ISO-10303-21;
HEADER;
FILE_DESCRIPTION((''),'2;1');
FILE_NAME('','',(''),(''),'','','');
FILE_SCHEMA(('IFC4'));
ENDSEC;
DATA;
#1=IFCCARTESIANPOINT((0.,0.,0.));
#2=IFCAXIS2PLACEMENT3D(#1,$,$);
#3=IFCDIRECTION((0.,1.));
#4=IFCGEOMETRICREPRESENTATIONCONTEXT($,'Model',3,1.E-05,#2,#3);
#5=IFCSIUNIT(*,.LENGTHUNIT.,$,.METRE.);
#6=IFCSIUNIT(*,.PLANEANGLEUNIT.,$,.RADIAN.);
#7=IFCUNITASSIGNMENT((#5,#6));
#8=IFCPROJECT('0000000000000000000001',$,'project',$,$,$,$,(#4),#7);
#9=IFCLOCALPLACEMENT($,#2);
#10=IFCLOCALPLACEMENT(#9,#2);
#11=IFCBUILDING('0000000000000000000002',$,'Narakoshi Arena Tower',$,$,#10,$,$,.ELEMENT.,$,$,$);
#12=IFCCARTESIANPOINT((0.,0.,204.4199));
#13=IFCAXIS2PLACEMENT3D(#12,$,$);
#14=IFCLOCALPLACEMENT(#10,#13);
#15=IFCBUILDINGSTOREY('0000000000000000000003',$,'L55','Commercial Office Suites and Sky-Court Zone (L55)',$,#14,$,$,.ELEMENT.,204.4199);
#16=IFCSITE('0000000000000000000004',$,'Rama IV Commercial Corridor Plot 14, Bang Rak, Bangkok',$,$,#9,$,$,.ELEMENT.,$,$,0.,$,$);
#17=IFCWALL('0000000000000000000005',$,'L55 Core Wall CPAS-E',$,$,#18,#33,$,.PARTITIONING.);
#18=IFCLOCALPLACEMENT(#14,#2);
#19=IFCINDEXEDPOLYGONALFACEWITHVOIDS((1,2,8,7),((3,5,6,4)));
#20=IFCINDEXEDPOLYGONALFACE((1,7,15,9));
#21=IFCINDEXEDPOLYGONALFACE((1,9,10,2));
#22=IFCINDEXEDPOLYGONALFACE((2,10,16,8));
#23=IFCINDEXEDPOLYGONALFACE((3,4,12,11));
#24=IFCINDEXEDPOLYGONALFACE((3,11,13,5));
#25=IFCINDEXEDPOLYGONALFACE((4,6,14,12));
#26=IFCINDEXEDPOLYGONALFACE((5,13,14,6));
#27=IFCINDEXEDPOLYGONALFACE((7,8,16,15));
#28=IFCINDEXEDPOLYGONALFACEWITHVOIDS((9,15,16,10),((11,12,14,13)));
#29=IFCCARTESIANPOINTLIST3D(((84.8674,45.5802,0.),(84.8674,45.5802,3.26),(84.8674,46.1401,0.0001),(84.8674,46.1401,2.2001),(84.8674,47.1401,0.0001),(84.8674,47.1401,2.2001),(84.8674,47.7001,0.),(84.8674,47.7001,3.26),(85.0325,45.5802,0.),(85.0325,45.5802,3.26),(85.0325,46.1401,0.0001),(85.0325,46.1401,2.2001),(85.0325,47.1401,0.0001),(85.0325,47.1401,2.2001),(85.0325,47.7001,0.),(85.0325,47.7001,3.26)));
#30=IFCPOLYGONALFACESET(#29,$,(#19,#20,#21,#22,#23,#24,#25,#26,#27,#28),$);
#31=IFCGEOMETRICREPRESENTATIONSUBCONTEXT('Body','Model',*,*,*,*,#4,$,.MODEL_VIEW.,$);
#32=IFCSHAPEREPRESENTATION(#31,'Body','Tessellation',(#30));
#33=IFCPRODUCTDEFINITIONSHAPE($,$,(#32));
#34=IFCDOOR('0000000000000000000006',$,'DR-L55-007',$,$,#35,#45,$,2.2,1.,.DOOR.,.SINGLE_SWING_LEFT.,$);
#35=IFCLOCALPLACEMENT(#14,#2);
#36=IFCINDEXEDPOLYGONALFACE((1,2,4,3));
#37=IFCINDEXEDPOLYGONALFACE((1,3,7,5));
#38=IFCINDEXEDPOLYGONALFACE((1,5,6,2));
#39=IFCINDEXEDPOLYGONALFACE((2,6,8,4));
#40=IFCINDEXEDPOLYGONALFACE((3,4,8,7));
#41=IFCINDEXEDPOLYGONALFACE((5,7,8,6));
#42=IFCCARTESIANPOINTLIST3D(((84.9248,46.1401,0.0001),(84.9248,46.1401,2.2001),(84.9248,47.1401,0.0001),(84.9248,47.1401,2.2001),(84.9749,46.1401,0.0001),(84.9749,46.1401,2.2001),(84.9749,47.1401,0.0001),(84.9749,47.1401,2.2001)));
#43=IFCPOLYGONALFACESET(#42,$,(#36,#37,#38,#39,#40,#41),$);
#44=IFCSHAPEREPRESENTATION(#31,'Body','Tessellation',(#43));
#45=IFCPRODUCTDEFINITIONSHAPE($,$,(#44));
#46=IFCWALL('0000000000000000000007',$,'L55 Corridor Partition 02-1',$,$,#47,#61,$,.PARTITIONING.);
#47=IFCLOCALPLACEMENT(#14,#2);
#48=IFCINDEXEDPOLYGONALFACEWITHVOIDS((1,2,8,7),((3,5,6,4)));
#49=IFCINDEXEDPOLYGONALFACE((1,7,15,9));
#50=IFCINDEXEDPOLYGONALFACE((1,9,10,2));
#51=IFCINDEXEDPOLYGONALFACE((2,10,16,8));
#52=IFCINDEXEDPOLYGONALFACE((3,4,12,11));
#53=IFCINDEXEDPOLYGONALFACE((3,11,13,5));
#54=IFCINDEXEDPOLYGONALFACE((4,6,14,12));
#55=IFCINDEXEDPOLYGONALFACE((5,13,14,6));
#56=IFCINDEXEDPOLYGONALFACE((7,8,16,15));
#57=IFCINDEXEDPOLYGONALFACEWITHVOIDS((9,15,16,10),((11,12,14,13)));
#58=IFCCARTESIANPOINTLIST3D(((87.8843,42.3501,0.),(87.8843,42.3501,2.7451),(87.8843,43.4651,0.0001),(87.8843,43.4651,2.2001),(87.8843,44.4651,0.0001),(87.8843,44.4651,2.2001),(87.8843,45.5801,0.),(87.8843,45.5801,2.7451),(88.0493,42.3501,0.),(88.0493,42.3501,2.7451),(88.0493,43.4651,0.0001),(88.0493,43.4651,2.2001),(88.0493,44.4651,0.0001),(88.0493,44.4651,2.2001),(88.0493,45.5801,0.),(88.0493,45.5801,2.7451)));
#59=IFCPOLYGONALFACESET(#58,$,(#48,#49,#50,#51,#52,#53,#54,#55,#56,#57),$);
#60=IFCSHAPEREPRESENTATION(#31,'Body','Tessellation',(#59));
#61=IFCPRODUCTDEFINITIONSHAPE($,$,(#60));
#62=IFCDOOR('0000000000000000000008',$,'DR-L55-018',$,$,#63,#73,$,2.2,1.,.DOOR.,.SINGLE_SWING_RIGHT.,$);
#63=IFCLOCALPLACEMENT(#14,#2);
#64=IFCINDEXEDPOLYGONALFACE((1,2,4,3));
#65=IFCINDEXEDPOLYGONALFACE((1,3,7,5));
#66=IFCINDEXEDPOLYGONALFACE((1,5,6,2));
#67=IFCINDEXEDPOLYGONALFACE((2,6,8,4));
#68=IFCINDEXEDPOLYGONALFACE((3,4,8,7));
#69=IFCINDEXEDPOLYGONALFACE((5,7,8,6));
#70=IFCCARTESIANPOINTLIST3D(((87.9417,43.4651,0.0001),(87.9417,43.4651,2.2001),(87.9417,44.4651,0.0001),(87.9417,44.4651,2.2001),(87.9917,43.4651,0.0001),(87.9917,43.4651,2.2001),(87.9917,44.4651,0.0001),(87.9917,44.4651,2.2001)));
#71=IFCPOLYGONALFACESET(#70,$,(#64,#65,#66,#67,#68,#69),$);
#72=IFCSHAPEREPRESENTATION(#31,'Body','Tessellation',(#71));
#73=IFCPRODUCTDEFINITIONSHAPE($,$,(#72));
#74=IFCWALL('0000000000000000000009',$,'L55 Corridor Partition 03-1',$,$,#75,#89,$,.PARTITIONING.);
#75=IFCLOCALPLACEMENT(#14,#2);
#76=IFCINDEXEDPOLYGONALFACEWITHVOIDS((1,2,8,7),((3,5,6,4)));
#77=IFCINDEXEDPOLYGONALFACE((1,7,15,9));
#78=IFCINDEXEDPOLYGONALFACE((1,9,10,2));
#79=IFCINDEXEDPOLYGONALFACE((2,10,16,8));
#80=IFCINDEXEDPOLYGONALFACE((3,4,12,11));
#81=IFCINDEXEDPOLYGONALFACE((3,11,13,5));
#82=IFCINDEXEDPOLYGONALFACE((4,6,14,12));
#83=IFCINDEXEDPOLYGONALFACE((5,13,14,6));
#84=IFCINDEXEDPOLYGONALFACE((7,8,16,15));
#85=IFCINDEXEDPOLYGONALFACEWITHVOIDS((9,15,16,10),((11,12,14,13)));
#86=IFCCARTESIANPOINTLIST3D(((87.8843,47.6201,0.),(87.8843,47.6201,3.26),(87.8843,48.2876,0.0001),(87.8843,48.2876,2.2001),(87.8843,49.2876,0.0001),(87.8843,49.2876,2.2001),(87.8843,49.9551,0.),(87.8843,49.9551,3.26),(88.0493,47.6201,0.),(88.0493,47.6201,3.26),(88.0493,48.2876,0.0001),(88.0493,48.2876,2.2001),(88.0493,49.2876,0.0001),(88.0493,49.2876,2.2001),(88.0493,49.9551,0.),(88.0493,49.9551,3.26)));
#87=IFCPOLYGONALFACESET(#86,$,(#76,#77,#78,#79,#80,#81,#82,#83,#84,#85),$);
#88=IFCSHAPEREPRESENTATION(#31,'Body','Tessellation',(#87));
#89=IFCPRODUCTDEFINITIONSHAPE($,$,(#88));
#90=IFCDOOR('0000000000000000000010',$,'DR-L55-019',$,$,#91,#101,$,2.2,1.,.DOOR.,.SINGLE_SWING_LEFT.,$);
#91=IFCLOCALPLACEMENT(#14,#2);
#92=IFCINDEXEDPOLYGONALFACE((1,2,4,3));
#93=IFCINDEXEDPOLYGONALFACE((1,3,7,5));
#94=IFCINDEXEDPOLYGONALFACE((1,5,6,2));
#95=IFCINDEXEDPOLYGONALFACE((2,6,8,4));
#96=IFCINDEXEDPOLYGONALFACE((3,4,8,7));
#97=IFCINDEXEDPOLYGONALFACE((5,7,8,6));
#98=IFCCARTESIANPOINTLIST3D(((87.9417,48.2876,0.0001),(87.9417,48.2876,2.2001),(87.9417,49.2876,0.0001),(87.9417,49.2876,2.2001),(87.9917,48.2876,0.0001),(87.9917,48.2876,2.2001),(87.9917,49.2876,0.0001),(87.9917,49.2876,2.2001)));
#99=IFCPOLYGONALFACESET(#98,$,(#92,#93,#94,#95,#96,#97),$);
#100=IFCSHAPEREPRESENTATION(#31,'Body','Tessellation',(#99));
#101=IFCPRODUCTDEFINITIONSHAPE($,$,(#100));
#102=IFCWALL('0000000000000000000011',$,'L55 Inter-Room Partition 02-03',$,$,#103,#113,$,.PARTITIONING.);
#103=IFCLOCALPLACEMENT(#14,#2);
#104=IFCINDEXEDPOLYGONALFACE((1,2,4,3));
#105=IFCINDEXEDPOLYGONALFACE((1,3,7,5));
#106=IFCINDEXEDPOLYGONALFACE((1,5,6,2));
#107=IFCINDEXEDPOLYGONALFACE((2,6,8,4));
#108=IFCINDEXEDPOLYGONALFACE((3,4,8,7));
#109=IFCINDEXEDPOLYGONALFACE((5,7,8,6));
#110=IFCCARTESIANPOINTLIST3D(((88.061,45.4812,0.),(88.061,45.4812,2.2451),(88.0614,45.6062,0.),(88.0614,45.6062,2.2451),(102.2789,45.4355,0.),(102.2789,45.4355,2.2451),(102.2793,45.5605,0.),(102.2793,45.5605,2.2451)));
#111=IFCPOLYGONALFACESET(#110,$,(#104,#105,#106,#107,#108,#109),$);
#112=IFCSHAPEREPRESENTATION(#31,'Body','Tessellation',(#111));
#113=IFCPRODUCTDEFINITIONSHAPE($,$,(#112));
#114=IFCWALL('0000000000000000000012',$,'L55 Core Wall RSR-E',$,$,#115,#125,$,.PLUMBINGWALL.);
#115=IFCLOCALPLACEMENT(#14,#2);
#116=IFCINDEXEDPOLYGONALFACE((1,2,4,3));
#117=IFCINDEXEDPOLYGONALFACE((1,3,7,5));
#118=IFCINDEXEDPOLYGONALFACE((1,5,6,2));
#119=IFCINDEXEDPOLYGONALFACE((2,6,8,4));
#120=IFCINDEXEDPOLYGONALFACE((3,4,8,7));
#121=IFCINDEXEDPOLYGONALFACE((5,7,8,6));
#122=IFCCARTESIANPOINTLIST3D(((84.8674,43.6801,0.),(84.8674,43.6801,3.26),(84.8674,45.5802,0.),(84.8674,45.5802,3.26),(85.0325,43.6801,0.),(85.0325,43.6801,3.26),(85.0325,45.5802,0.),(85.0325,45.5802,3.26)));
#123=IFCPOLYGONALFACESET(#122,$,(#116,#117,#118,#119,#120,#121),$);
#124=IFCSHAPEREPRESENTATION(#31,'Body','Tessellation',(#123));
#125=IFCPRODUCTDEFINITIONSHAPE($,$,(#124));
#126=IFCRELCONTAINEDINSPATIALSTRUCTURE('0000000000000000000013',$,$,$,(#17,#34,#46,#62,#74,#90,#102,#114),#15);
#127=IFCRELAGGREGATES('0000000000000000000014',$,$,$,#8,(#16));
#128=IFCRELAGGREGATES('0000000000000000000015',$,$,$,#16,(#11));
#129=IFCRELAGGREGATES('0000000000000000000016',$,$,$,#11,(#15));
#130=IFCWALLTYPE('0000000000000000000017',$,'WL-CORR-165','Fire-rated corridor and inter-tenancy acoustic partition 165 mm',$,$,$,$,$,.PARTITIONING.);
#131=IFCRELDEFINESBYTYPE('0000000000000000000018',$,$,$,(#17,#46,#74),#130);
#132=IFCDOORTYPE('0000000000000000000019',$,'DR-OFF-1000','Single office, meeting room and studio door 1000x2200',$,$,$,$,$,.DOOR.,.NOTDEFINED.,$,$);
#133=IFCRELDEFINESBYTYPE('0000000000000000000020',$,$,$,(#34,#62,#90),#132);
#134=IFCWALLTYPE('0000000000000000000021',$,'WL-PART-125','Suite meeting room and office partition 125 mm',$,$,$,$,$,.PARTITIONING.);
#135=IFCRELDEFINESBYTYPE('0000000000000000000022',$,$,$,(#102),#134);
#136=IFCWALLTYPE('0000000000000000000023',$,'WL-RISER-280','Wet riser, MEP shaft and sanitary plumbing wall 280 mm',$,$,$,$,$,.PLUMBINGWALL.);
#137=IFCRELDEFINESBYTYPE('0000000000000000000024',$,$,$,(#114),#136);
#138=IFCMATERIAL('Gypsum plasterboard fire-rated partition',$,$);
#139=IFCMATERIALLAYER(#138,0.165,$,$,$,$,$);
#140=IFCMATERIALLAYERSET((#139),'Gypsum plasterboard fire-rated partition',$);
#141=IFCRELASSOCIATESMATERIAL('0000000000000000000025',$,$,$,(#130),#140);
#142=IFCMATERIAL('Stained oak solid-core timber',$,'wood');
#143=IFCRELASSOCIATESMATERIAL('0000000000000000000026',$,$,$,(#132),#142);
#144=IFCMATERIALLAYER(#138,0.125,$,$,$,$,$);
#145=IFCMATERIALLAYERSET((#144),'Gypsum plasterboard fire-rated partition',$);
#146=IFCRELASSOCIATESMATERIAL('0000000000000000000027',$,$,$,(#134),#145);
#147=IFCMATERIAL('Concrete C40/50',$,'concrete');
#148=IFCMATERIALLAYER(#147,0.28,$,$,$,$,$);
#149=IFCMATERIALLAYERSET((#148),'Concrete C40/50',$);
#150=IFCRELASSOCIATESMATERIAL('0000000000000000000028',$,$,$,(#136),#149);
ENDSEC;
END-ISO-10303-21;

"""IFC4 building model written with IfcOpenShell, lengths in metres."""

from ifc_helpers import new_model, si_unit, direction, frame, frame_2d, origin, place, context, subcontext, project, spatial, rectangle, extrude, material, layer, layer_set, type_object, element, fill, save


model = new_model("IFC4")

# Units and contexts
model_context = context("Model", 3, precision=1e-05, world=origin(), true_north=direction((0.0, 1.0)))
body_context = subcontext(model_context, "Body", "Model", "MODEL_VIEW")
ifc_project = project(units=[si_unit("LENGTHUNIT", "METRE"), si_unit("PLANEANGLEUNIT", "RADIAN")], contexts=[model_context])

# Site, building, storey
site_placement = place(None, origin())
site = spatial("IfcSite", under=ifc_project, at=site_placement, Name="Rama IV Commercial Corridor Plot 14, Bang Rak, Bangkok", CompositionType="ELEMENT", RefElevation=0.0)
building_placement = place(site_placement, origin())
building = spatial("IfcBuilding", under=site, at=building_placement, Name="Narakoshi Arena Tower", CompositionType="ELEMENT")
storey_placement = place(building_placement, frame((0.0, 0.0, 204.4199)))
storey = spatial("IfcBuildingStorey", under=building, at=storey_placement, Name="L55", Description="Commercial Office Suites and Sky-Court Zone (L55)", CompositionType="ELEMENT", Elevation=204.4199)

# Walls, openings, doors
ifc_material_1 = material(Name="Gypsum plasterboard fire-rated partition")
ifc_layer_1 = layer(ifc_material_1, 0.165)
ifc_layer_set_1 = layer_set([ifc_layer_1], Name="Gypsum plasterboard fire-rated partition")
wall_type_1 = type_object("IfcWallType", Name="WL-CORR-165", Description="Fire-rated corridor and inter-tenancy acoustic partition 165 mm", PredefinedType="PARTITIONING", material=ifc_layer_set_1)
wall_1_placement = place(storey_placement, frame((84.95, 45.5801, 0.0), z_axis=(0.0, 0.0, 1.0), x_axis=(0.0, 1.0, 0.0)))
wall_1 = element("IfcWall", 1, at=wall_1_placement, inside=storey, type_object=wall_type_1, Name="L55 Core Wall CPAS-E", PredefinedType="PARTITIONING", context=body_context, shape_type="SweptSolid", body=[
    extrude(rectangle(XDim=2.1199, YDim=0.165, at=frame_2d((1.0601, 0.0))), origin(), (0.0, 0.0, 1.0), 3.26),
])
opening_1_placement = place(wall_1_placement, frame((0.5601, 0.0, 0.0)))
opening_1 = element("IfcOpeningElement", 2, at=opening_1_placement, cuts=wall_1, PredefinedType="OPENING", context=body_context, shape_type="SweptSolid", body=[
    extrude(rectangle(XDim=1.0, YDim=2.2, at=frame_2d((0.5, 1.1001))), frame((0.0, 0.0925, 0.0), z_axis=(0.0, -1.0, 0.0), x_axis=(1.0, 0.0, 0.0)), (0.0, 0.0, 1.0), 0.1851),
])
ifc_material_2 = material(Name="Stained oak solid-core timber", Category="wood")
door_type_1 = type_object("IfcDoorType", Name="DR-OFF-1000", Description="Single office, meeting room and studio door 1000x2200", OperationType="NOTDEFINED", PredefinedType="DOOR", material=ifc_material_2)
door_1_placement = place(opening_1_placement, frame((1.0, 0.0, 0.0), z_axis=(0.0, 0.0, 1.0), x_axis=(-1.0, 0.0, 0.0)))
door_1 = element("IfcDoor", 3, at=door_1_placement, inside=storey, type_object=door_type_1, Name="DR-L55-007", OperationType="SINGLE_SWING_LEFT", OverallHeight=2.2, OverallWidth=1.0, PredefinedType="DOOR", context=body_context, shape_type="SweptSolid", body=[
    extrude(rectangle(XDim=1.0, YDim=2.2, at=frame_2d((0.5, 1.1001))), frame((0.0, 0.0249, 0.0), z_axis=(0.0, -1.0, 0.0), x_axis=(1.0, 0.0, 0.0)), (0.0, 0.0, 1.0), 0.05),
])
fill(opening_1, door_1)
wall_2_placement = place(storey_placement, frame((87.9668, 42.3501, 0.0), z_axis=(0.0, 0.0, 1.0), x_axis=(0.0, 1.0, 0.0)))
wall_2 = element("IfcWall", 4, at=wall_2_placement, inside=storey, type_object=wall_type_1, Name="L55 Corridor Partition 02-1", PredefinedType="PARTITIONING", context=body_context, shape_type="SweptSolid", body=[
    extrude(rectangle(XDim=3.23, YDim=0.165, at=frame_2d((1.615, 0.0))), origin(), (0.0, 0.0, 1.0), 2.7451),
])
opening_2_placement = place(wall_2_placement, frame((1.115, 0.0, 0.0)))
opening_2 = element("IfcOpeningElement", 5, at=opening_2_placement, cuts=wall_2, PredefinedType="OPENING", context=body_context, shape_type="SweptSolid", body=[
    extrude(rectangle(XDim=1.0, YDim=2.2, at=frame_2d((0.5, 1.1001))), frame((0.0, 0.0925, 0.0), z_axis=(0.0, -1.0, 0.0), x_axis=(1.0, 0.0, 0.0)), (0.0, 0.0, 1.0), 0.1851),
])
door_2_placement = place(opening_2_placement, frame((1.0, 0.0, 0.0), z_axis=(0.0, 0.0, 1.0), x_axis=(-1.0, 0.0, 0.0)))
door_2 = element("IfcDoor", 6, at=door_2_placement, inside=storey, type_object=door_type_1, Name="DR-L55-018", OperationType="SINGLE_SWING_RIGHT", OverallHeight=2.2, OverallWidth=1.0, PredefinedType="DOOR", context=body_context, shape_type="SweptSolid", body=[
    extrude(rectangle(XDim=1.0, YDim=2.2, at=frame_2d((0.5, 1.1001))), frame((0.0, 0.0249, 0.0), z_axis=(0.0, -1.0, 0.0), x_axis=(1.0, 0.0, 0.0)), (0.0, 0.0, 1.0), 0.05),
])
fill(opening_2, door_2)
wall_3_placement = place(storey_placement, frame((87.9668, 47.6201, 0.0), z_axis=(0.0, 0.0, 1.0), x_axis=(0.0, 1.0, 0.0)))
wall_3 = element("IfcWall", 7, at=wall_3_placement, inside=storey, type_object=wall_type_1, Name="L55 Corridor Partition 03-1", PredefinedType="PARTITIONING", context=body_context, shape_type="SweptSolid", body=[
    extrude(rectangle(XDim=2.335, YDim=0.165, at=frame_2d((1.1675, 0.0))), origin(), (0.0, 0.0, 1.0), 3.26),
])
opening_3_placement = place(wall_3_placement, frame((0.6675, 0.0, 0.0)))
opening_3 = element("IfcOpeningElement", 8, at=opening_3_placement, cuts=wall_3, PredefinedType="OPENING", context=body_context, shape_type="SweptSolid", body=[
    extrude(rectangle(XDim=1.0, YDim=2.2, at=frame_2d((0.5, 1.1001))), frame((0.0, 0.0925, 0.0), z_axis=(0.0, -1.0, 0.0), x_axis=(1.0, 0.0, 0.0)), (0.0, 0.0, 1.0), 0.1851),
])
door_3_placement = place(opening_3_placement, frame((1.0, 0.0, 0.0), z_axis=(0.0, 0.0, 1.0), x_axis=(-1.0, 0.0, 0.0)))
door_3 = element("IfcDoor", 9, at=door_3_placement, inside=storey, type_object=door_type_1, Name="DR-L55-019", OperationType="SINGLE_SWING_LEFT", OverallHeight=2.2, OverallWidth=1.0, PredefinedType="DOOR", context=body_context, shape_type="SweptSolid", body=[
    extrude(rectangle(XDim=1.0, YDim=2.2, at=frame_2d((0.5, 1.1001))), frame((0.0, 0.0249, 0.0), z_axis=(0.0, -1.0, 0.0), x_axis=(1.0, 0.0, 0.0)), (0.0, 0.0, 1.0), 0.05),
])
fill(opening_3, door_3)

# Walls
ifc_layer_2 = layer(ifc_material_1, 0.125)
ifc_layer_set_2 = layer_set([ifc_layer_2], Name="Gypsum plasterboard fire-rated partition")
wall_type_2 = type_object("IfcWallType", Name="WL-PART-125", Description="Suite meeting room and office partition 125 mm", PredefinedType="PARTITIONING", material=ifc_layer_set_2)
wall_4_placement = place(storey_placement, frame((88.0613, 45.5437, 0.0), z_axis=(0.0, 0.0, 1.0), x_axis=(0.999995, -0.003211, 0.0)))
element("IfcWall", 10, at=wall_4_placement, inside=storey, type_object=wall_type_2, Name="L55 Inter-Room Partition 02-03", PredefinedType="PARTITIONING", context=body_context, shape_type="SweptSolid", body=[
    extrude(rectangle(XDim=14.218, YDim=0.125, at=frame_2d((7.1089, 0.0))), origin(), (0.0, 0.0, 1.0), 2.2451),
])
ifc_material_3 = material(Name="Concrete C40/50", Category="concrete")
ifc_layer_3 = layer(ifc_material_3, 0.28)
ifc_layer_set_3 = layer_set([ifc_layer_3], Name="Concrete C40/50")
wall_type_3 = type_object("IfcWallType", Name="WL-RISER-280", Description="Wet riser, MEP shaft and sanitary plumbing wall 280 mm", PredefinedType="PLUMBINGWALL", material=ifc_layer_set_3)
wall_5_placement = place(storey_placement, frame((84.95, 43.6799, 0.0), z_axis=(0.0, 0.0, 1.0), x_axis=(0.0, 1.0, 0.0)))
element("IfcWall", 11, at=wall_5_placement, inside=storey, type_object=wall_type_3, Name="L55 Core Wall RSR-E", PredefinedType="PLUMBINGWALL", context=body_context, shape_type="SweptSolid", body=[
    extrude(rectangle(XDim=1.9001, YDim=0.165, at=frame_2d((0.9502, 0.0))), origin(), (0.0, 0.0, 1.0), 3.26),
])

save(model, "model.ifc")
